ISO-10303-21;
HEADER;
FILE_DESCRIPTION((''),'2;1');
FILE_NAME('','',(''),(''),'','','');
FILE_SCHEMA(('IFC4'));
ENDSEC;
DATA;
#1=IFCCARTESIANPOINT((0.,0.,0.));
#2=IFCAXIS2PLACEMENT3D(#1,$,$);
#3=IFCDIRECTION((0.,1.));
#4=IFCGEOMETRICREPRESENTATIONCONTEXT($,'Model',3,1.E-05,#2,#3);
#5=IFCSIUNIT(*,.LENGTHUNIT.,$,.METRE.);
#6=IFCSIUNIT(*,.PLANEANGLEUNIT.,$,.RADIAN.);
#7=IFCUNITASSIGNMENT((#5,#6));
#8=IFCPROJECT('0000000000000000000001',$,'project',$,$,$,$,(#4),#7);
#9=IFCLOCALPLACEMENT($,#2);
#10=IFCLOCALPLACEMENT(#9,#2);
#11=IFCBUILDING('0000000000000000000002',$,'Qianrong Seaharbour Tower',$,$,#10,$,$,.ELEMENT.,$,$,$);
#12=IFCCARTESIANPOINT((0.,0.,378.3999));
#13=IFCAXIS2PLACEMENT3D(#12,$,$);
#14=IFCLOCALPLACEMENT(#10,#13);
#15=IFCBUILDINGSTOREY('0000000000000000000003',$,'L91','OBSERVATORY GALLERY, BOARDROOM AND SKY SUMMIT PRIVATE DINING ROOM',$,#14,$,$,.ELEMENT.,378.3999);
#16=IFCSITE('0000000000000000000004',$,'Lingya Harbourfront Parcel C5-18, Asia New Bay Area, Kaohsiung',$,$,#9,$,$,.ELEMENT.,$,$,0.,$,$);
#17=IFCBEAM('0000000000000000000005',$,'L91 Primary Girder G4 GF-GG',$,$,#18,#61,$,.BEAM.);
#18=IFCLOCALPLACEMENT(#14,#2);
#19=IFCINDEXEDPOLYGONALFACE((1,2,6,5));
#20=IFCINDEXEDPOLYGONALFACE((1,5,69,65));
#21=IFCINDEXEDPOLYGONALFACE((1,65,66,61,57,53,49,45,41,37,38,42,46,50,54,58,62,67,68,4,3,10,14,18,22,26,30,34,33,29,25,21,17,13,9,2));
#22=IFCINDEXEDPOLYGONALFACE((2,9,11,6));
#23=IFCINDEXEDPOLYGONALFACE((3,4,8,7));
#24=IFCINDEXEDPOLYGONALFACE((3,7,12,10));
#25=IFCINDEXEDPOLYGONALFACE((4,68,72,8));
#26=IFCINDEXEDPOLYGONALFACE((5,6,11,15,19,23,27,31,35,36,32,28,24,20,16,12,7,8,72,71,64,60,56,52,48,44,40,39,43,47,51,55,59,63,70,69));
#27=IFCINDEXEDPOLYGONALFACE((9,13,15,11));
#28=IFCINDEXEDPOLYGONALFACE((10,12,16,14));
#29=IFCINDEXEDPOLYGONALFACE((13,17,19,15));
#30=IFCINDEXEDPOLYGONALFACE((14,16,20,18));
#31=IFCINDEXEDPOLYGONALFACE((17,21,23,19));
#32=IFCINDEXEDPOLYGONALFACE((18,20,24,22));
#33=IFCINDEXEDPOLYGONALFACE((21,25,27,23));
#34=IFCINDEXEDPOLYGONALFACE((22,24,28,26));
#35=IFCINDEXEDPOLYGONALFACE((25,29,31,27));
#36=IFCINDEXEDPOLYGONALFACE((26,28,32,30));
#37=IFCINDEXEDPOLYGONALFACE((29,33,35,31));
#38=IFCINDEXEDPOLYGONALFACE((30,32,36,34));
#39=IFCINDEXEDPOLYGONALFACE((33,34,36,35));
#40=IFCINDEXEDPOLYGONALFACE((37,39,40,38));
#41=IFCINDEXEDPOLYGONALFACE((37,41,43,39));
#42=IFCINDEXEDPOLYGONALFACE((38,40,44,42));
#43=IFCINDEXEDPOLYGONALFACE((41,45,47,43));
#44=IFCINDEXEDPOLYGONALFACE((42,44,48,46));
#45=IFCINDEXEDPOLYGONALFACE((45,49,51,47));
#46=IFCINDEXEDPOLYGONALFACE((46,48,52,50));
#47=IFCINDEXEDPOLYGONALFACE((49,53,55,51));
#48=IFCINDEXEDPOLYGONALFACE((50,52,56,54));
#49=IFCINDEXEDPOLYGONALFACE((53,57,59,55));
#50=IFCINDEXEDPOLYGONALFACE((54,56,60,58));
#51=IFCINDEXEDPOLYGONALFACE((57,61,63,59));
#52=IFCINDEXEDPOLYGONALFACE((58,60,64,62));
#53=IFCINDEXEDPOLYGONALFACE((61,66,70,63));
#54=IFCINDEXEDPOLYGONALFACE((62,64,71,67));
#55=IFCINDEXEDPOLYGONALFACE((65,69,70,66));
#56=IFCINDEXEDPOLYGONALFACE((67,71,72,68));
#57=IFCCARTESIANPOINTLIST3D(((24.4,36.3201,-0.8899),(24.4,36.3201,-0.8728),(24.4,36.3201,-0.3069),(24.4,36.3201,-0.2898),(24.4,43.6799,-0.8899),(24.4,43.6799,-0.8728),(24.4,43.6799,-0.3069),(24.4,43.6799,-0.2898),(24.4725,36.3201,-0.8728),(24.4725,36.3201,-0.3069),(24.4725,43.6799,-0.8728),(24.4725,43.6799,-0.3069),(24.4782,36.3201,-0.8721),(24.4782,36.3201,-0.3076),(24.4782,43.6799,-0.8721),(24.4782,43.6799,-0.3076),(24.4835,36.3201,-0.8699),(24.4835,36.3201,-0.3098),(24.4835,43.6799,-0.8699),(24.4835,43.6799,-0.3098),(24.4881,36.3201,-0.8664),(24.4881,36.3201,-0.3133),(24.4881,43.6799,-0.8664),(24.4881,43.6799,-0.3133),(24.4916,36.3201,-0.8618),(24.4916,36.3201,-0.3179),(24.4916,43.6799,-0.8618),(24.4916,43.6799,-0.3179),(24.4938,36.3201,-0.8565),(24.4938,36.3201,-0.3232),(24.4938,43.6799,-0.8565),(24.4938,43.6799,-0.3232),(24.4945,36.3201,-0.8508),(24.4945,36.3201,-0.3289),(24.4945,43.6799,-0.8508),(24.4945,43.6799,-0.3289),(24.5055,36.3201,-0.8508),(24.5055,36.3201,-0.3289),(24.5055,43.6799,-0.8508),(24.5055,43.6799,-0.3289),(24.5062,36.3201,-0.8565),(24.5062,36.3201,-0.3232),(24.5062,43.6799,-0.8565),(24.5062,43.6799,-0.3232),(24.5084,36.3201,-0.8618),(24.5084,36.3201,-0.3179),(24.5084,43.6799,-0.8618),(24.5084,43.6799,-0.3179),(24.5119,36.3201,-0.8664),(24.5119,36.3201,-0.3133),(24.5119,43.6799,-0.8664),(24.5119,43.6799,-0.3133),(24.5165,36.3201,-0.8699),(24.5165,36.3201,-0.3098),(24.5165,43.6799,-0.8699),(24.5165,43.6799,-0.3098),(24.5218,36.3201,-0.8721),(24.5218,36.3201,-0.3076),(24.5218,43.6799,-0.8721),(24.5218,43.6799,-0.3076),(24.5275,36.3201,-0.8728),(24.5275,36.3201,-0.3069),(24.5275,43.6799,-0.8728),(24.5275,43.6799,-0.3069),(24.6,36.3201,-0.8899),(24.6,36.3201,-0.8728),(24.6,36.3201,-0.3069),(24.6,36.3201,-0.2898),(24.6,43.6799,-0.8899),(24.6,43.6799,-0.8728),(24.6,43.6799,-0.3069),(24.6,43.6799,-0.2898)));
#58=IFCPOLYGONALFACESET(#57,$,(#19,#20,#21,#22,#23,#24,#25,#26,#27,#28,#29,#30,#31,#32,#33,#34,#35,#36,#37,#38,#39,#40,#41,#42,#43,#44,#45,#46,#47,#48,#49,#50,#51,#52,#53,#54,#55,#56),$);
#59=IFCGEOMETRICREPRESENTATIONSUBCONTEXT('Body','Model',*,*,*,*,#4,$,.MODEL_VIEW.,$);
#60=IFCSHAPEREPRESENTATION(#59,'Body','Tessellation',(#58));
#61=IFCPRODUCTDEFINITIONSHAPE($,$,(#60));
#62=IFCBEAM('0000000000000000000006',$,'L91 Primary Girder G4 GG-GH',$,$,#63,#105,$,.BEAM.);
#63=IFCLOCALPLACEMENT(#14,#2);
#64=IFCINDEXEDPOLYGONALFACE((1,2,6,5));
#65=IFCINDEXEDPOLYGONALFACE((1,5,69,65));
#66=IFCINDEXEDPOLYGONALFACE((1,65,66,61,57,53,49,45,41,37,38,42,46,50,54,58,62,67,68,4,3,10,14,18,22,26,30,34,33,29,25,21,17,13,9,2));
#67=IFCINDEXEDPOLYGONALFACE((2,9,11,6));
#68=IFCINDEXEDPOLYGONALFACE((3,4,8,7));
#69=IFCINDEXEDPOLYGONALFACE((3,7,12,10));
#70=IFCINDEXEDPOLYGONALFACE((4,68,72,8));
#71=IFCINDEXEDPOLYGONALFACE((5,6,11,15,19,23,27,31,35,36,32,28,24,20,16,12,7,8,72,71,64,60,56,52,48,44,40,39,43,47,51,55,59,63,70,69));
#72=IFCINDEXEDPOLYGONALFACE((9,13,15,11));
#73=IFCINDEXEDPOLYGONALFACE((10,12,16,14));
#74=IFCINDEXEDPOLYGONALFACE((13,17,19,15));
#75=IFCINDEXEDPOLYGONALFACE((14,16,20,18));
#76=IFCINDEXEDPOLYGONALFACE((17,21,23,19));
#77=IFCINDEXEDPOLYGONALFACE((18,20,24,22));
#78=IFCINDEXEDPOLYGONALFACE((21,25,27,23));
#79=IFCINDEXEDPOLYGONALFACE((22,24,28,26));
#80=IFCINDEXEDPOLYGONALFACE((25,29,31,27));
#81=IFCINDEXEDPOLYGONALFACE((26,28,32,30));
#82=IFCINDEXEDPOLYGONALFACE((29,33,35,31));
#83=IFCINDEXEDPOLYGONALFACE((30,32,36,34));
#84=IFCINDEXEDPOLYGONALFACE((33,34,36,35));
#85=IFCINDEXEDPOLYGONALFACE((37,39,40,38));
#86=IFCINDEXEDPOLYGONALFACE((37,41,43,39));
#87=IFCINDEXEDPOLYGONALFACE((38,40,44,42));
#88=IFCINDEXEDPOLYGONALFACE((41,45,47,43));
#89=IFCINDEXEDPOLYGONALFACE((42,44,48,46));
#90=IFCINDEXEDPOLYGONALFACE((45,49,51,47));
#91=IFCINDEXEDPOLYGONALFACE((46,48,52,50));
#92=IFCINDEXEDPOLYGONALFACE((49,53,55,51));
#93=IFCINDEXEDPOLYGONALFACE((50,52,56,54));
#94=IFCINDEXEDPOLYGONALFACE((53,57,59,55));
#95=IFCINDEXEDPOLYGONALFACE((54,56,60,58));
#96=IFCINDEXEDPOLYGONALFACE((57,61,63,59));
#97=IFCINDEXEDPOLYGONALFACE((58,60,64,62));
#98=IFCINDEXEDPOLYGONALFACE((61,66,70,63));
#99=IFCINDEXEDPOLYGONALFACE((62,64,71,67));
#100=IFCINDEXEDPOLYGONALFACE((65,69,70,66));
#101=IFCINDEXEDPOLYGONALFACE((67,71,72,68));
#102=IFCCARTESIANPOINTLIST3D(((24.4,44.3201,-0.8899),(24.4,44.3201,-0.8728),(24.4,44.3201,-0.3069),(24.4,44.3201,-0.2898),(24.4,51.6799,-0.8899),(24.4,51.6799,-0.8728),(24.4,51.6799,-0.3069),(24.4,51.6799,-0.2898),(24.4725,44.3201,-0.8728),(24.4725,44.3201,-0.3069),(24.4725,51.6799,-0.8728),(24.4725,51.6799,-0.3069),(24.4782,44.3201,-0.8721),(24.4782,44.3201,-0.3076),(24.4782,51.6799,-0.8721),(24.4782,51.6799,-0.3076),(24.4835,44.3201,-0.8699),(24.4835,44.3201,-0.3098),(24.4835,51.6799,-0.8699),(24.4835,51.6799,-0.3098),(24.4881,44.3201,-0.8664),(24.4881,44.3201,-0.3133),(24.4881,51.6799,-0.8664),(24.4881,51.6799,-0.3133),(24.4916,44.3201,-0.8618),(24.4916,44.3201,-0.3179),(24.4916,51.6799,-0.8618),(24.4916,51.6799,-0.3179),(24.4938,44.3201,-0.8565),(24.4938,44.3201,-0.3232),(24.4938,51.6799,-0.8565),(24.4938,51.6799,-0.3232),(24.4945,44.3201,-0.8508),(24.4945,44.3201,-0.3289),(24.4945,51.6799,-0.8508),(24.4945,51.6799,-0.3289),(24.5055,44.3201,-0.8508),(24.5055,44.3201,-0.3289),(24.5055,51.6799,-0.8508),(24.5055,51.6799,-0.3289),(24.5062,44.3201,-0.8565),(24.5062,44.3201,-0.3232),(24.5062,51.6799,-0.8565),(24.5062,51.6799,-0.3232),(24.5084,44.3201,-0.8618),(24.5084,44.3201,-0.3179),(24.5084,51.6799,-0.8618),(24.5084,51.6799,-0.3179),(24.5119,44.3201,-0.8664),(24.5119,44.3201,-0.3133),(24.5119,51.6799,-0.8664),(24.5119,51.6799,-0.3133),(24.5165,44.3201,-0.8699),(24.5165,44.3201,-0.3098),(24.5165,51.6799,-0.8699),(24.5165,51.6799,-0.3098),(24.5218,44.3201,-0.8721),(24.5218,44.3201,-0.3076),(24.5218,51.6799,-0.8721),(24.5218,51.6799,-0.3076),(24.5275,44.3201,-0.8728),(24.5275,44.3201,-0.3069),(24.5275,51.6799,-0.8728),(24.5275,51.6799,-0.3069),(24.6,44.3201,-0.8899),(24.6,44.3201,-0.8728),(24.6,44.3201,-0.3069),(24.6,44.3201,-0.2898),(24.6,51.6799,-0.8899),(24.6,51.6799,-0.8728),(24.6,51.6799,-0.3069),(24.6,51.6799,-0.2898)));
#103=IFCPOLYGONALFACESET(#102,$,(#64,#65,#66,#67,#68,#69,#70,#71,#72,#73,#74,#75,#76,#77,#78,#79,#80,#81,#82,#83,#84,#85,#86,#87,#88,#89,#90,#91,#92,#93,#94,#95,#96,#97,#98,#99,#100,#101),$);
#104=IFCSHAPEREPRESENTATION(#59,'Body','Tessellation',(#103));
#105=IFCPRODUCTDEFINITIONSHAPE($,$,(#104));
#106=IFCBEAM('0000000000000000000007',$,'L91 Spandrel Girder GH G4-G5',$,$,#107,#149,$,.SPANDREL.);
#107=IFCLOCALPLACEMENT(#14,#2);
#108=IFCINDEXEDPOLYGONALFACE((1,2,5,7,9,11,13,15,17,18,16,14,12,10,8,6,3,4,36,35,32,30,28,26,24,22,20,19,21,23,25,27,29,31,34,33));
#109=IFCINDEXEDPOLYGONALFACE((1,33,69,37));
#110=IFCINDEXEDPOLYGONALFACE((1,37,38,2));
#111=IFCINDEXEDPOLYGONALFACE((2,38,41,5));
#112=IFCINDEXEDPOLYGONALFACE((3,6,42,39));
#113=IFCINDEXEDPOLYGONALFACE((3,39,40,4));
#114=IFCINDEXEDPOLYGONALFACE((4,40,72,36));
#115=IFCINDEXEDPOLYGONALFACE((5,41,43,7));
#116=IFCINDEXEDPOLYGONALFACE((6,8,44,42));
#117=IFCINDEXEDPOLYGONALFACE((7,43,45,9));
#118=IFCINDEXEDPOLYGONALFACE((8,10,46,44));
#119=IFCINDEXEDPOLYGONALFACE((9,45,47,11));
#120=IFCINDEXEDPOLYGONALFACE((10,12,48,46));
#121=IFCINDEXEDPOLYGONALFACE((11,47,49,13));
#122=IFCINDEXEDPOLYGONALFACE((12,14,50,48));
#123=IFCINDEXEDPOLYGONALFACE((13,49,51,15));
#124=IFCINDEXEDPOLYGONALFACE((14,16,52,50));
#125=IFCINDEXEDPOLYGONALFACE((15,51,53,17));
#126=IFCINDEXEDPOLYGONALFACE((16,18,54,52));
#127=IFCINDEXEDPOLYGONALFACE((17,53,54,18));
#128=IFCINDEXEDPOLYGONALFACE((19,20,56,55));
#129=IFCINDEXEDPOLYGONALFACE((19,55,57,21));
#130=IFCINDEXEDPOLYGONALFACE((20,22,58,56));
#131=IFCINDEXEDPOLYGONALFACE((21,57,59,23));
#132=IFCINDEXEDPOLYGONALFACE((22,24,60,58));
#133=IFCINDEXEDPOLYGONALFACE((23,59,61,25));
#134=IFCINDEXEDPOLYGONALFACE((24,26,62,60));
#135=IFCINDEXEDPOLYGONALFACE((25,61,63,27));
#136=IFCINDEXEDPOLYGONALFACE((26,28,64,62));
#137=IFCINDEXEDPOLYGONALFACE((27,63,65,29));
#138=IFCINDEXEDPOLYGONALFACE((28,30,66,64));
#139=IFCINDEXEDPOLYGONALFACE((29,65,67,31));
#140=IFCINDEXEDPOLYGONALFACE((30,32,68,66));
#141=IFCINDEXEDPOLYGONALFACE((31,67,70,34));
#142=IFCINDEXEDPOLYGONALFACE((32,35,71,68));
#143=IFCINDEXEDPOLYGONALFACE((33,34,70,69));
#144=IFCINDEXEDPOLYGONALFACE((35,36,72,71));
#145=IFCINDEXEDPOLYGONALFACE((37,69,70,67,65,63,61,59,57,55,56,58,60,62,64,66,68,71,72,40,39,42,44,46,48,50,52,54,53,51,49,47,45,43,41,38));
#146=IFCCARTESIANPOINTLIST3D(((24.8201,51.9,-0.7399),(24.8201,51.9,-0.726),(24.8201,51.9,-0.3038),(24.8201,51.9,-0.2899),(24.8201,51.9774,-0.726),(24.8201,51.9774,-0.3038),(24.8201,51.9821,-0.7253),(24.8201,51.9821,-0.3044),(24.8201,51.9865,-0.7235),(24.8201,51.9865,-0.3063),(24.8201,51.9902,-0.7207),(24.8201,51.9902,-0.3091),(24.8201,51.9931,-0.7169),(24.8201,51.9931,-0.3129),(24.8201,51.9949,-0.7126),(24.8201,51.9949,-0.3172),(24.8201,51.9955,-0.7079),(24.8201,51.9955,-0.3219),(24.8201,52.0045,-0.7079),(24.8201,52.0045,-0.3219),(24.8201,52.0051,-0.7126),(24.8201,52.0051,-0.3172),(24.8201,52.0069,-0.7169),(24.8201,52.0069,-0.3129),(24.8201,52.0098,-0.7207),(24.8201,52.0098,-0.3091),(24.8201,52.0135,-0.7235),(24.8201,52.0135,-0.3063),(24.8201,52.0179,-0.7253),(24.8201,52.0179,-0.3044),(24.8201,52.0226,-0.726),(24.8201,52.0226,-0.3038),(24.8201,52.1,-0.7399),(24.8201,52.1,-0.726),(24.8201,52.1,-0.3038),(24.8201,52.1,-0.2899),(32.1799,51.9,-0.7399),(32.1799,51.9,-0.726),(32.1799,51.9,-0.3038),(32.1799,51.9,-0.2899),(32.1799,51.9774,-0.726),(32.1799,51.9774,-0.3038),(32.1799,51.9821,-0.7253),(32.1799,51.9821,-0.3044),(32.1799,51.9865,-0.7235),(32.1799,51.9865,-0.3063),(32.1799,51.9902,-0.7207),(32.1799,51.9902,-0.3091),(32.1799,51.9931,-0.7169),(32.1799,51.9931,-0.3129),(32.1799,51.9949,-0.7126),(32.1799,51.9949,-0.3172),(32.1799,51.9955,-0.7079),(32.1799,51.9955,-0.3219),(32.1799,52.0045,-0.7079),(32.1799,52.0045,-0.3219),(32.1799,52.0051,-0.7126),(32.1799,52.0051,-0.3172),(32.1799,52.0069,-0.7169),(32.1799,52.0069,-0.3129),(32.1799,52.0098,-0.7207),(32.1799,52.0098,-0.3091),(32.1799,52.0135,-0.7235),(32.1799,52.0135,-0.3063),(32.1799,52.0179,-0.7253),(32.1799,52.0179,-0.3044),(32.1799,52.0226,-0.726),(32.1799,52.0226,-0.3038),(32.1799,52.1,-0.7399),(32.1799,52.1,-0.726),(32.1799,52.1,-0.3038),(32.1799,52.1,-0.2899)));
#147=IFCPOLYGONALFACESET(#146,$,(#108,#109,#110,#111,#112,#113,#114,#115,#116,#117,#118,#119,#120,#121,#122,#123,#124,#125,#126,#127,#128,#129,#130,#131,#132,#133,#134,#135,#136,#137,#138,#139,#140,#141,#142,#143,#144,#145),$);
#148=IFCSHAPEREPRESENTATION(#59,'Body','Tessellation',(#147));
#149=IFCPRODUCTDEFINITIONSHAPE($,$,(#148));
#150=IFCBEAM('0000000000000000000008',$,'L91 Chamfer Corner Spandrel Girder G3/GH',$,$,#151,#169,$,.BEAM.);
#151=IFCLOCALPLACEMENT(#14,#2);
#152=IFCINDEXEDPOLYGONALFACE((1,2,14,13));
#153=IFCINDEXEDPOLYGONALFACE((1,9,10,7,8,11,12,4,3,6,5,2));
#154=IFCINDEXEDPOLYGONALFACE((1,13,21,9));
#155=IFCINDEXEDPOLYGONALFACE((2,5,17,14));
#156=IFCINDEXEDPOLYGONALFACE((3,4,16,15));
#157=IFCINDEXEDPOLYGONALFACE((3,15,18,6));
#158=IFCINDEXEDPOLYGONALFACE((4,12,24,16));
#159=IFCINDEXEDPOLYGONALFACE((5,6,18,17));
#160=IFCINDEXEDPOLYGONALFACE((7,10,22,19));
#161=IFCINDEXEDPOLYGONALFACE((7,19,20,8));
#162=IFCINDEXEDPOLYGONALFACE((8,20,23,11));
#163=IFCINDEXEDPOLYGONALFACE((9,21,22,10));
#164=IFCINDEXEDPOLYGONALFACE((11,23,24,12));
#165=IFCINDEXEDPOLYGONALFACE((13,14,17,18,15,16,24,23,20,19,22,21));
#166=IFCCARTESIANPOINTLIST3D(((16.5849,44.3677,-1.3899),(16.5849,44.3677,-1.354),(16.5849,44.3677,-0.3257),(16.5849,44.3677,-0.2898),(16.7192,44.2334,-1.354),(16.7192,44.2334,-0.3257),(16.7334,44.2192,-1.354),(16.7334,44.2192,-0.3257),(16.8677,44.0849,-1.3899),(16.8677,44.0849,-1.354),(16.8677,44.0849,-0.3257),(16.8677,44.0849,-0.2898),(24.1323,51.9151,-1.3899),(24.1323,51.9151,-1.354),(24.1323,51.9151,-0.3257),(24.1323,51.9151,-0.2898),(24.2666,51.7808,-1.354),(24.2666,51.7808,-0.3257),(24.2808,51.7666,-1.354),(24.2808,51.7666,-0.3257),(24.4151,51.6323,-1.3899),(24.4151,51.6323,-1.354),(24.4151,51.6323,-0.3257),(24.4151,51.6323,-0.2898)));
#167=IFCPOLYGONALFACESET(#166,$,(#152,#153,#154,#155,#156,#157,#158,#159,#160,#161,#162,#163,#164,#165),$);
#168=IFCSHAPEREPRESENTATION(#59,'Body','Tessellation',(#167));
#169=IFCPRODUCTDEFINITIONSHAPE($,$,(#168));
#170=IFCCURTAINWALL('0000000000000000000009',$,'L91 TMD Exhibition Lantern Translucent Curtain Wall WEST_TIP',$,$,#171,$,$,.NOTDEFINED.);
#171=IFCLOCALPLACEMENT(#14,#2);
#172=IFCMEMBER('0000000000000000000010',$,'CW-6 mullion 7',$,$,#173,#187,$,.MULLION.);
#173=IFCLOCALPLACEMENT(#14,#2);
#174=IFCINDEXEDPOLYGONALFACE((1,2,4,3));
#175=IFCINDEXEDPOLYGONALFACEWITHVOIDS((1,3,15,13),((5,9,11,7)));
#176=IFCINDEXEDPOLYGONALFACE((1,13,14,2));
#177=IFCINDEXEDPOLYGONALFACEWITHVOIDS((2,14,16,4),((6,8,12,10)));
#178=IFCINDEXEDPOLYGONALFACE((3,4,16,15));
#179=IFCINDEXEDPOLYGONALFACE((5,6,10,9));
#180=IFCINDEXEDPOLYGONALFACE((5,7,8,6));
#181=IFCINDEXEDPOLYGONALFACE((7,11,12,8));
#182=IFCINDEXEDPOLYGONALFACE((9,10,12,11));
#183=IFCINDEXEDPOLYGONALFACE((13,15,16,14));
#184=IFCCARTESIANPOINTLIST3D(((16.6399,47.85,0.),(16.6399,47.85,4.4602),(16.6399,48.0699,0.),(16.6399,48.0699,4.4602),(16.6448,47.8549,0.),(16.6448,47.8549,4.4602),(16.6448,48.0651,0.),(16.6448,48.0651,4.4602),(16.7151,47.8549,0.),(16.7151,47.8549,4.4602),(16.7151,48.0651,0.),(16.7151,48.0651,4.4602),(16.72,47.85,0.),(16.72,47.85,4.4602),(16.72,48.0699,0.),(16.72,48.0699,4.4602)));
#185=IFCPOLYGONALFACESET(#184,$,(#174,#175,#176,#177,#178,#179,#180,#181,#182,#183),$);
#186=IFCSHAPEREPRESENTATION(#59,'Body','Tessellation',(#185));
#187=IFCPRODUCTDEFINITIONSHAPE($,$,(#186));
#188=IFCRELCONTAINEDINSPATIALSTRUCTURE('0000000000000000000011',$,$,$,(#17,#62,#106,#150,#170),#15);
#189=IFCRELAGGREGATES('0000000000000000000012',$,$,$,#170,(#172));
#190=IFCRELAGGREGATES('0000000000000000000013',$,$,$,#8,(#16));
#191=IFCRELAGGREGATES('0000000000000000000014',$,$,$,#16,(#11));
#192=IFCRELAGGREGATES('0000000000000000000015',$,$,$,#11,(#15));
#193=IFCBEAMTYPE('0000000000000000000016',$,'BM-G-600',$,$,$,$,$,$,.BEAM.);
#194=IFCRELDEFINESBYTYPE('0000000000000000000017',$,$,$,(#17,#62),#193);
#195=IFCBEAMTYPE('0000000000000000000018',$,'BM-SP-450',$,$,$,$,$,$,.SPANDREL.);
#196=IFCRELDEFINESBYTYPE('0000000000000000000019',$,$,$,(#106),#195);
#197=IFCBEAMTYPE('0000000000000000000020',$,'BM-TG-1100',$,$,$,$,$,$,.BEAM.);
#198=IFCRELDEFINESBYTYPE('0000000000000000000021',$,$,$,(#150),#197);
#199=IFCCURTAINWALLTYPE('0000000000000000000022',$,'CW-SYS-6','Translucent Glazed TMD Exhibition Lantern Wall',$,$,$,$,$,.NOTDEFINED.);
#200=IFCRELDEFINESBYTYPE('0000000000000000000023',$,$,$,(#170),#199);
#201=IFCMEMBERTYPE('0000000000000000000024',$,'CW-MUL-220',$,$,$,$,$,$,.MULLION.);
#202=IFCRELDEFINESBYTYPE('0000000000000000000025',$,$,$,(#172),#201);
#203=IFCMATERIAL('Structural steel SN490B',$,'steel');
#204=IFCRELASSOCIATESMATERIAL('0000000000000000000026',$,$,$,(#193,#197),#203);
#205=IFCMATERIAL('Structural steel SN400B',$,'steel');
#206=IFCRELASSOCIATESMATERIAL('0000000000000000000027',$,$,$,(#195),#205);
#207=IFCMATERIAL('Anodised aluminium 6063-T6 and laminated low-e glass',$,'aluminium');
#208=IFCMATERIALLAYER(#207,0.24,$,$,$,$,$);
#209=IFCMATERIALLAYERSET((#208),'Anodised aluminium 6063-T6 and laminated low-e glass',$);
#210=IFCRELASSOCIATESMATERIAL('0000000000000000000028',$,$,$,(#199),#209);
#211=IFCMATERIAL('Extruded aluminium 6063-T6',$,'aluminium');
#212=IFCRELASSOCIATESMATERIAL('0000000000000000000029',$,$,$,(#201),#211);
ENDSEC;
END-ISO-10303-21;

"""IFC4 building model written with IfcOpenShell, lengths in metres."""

from ifc_helpers import new_model, si_unit, direction, frame, origin, origin_2d, place, context, subcontext, project, spatial, hollow_rectangle, i_section, extrude, material, layer, layer_set, material_profile, profile_set, type_object, element, aggregate, save


model = new_model("IFC4")

# Units and contexts
model_context = context("Model", 3, precision=1e-05, world=origin(), true_north=direction((0.0, 1.0)))
body_context = subcontext(model_context, "Body", "Model", "MODEL_VIEW")
ifc_project = project(units=[si_unit("LENGTHUNIT", "METRE"), si_unit("PLANEANGLEUNIT", "RADIAN")], contexts=[model_context])

# Site, building, storey
site_placement = place(None, origin())
site = spatial("IfcSite", under=ifc_project, at=site_placement, Name="Lingya Harbourfront Parcel C5-18, Asia New Bay Area, Kaohsiung", CompositionType="ELEMENT", RefElevation=0.0)
building_placement = place(site_placement, origin())
building = spatial("IfcBuilding", under=site, at=building_placement, Name="Qianrong Seaharbour Tower", CompositionType="ELEMENT")
storey_placement = place(building_placement, frame((0.0, 0.0, 378.3999)))
storey = spatial("IfcBuildingStorey", under=building, at=storey_placement, Name="L91", Description="OBSERVATORY GALLERY, BOARDROOM AND SKY SUMMIT PRIVATE DINING ROOM", CompositionType="ELEMENT", Elevation=378.3999)

# Shared definitions
ifc_material_1 = material(Name="Structural steel SN400B", Category="steel")

# Beams
ifc_material_2 = material(Name="Structural steel SN490B", Category="steel")
ifc_material_profile_1 = material_profile(ifc_material_2, i_section(OverallWidth=0.2, OverallDepth=0.6001, WebThickness=0.011, FlangeThickness=0.0171, FilletRadius=0.022, at=origin_2d()), Name="H600x200x11x17")
ifc_profile_set_1 = profile_set([ifc_material_profile_1], Name="Structural steel SN490B")
beam_type_1 = type_object("IfcBeamType", Name="BM-G-600", PredefinedType="BEAM", material=ifc_profile_set_1)
for number, where, z_axis, x_axis, name in (
    (1, (24.5, 36.3201, -0.5898), (0.0, 1.0, 0.0), (-1.0, 0.0, 0.0), "L91 Primary Girder G4 GF-GG"),
    (2, (24.5, 44.3201, -0.5898), (0.0, 1.0, 0.0), (-1.0, 0.0, 0.0), "L91 Primary Girder G4 GG-GH"),
):
    element("IfcBeam", number, at=place(storey_placement, frame(where, z_axis=z_axis, x_axis=x_axis)), inside=storey, type_object=beam_type_1, Name=name, PredefinedType="BEAM", context=body_context, shape_type="SweptSolid", body=[
        extrude(i_section(OverallWidth=0.2, OverallDepth=0.6001, WebThickness=0.011, FlangeThickness=0.0171, FilletRadius=0.022, at=origin_2d()), origin(), (0.0, 0.0, 1.0), 7.3599),
    ])
ifc_material_profile_2 = material_profile(ifc_material_1, i_section(OverallWidth=0.2, OverallDepth=0.45, WebThickness=0.009, FlangeThickness=0.0139, FilletRadius=0.0181, at=origin_2d()), Name="H450x200x9x14")
ifc_profile_set_2 = profile_set([ifc_material_profile_2], Name="Structural steel SN400B")
beam_type_2 = type_object("IfcBeamType", Name="BM-SP-450", PredefinedType="SPANDREL", material=ifc_profile_set_2)
beam_1_placement = place(storey_placement, frame((24.8201, 52.0, -0.5149), z_axis=(1.0, 0.0, 0.0), x_axis=(0.0, 1.0, 0.0)))
element("IfcBeam", 3, at=beam_1_placement, inside=storey, type_object=beam_type_2, Name="L91 Spandrel Girder GH G4-G5", PredefinedType="SPANDREL", context=body_context, shape_type="SweptSolid", body=[
    extrude(i_section(OverallWidth=0.2, OverallDepth=0.45, WebThickness=0.009, FlangeThickness=0.0139, FilletRadius=0.0181, at=origin_2d()), origin(), (0.0, 0.0, 1.0), 7.3599),
])
ifc_material_profile_3 = material_profile(ifc_material_2, i_section(OverallWidth=0.3999, OverallDepth=1.1001, WebThickness=0.02, FlangeThickness=0.0359, at=origin_2d()), Name="BH1100x400x20x36")
ifc_profile_set_3 = profile_set([ifc_material_profile_3], Name="Structural steel SN490B")
beam_type_3 = type_object("IfcBeamType", Name="BM-TG-1100", PredefinedType="BEAM", material=ifc_profile_set_3)
beam_2_placement = place(storey_placement, frame((24.2737, 51.7737, -0.8398), z_axis=(-0.707107, -0.707107, 0.0), x_axis=(0.707107, -0.707107, 0.0)))
element("IfcBeam", 4, at=beam_2_placement, inside=storey, type_object=beam_type_3, Name="L91 Chamfer Corner Spandrel Girder G3/GH", PredefinedType="BEAM", context=body_context, shape_type="SweptSolid", body=[
    extrude(i_section(OverallWidth=0.3999, OverallDepth=1.1001, WebThickness=0.02, FlangeThickness=0.0359, at=origin_2d()), origin(), (0.0, 0.0, 1.0), 10.6736),
])

# Curtain wall, member
ifc_material_3 = material(Name="Anodised aluminium 6063-T6 and laminated low-e glass", Category="aluminium")
ifc_layer_1 = layer(ifc_material_3, 0.24)
ifc_layer_set_1 = layer_set([ifc_layer_1], Name="Anodised aluminium 6063-T6 and laminated low-e glass")
curtain_wall_type = type_object("IfcCurtainWallType", Name="CW-SYS-6", Description="Translucent Glazed TMD Exhibition Lantern Wall", PredefinedType="NOTDEFINED", material=ifc_layer_set_1)
curtain_wall_placement = place(storey_placement, origin())
curtain_wall = element("IfcCurtainWall", 5, at=curtain_wall_placement, inside=storey, type_object=curtain_wall_type, Name="L91 TMD Exhibition Lantern Translucent Curtain Wall WEST_TIP", PredefinedType="NOTDEFINED")
ifc_material_4 = material(Name="Extruded aluminium 6063-T6", Category="aluminium")
ifc_material_profile_4 = material_profile(ifc_material_4, hollow_rectangle(XDim=0.0801, YDim=0.22, WallThickness=0.0049, at=origin_2d()), Name="ALU-MUL-220x80x5")
ifc_profile_set_4 = profile_set([ifc_material_profile_4], Name="Extruded aluminium 6063-T6")
member_type_1 = type_object("IfcMemberType", Name="CW-MUL-220", PredefinedType="MULLION", material=ifc_profile_set_4)
member_placement = place(storey_placement, frame((16.6799, 47.96, 0.0), z_axis=(0.0, 0.0, 1.0), x_axis=(-1.0, 0.0, 0.0)))
member = element("IfcMember", 6, at=member_placement, type_object=member_type_1, Name="CW-6 mullion 7", PredefinedType="MULLION", context=body_context, shape_type="SweptSolid", body=[
    extrude(hollow_rectangle(XDim=0.0801, YDim=0.22, WallThickness=0.0049, at=origin_2d()), origin(), (0.0, 0.0, 1.0), 4.4602),
])

aggregate(curtain_wall, [member])

save(model, "model.ifc")
